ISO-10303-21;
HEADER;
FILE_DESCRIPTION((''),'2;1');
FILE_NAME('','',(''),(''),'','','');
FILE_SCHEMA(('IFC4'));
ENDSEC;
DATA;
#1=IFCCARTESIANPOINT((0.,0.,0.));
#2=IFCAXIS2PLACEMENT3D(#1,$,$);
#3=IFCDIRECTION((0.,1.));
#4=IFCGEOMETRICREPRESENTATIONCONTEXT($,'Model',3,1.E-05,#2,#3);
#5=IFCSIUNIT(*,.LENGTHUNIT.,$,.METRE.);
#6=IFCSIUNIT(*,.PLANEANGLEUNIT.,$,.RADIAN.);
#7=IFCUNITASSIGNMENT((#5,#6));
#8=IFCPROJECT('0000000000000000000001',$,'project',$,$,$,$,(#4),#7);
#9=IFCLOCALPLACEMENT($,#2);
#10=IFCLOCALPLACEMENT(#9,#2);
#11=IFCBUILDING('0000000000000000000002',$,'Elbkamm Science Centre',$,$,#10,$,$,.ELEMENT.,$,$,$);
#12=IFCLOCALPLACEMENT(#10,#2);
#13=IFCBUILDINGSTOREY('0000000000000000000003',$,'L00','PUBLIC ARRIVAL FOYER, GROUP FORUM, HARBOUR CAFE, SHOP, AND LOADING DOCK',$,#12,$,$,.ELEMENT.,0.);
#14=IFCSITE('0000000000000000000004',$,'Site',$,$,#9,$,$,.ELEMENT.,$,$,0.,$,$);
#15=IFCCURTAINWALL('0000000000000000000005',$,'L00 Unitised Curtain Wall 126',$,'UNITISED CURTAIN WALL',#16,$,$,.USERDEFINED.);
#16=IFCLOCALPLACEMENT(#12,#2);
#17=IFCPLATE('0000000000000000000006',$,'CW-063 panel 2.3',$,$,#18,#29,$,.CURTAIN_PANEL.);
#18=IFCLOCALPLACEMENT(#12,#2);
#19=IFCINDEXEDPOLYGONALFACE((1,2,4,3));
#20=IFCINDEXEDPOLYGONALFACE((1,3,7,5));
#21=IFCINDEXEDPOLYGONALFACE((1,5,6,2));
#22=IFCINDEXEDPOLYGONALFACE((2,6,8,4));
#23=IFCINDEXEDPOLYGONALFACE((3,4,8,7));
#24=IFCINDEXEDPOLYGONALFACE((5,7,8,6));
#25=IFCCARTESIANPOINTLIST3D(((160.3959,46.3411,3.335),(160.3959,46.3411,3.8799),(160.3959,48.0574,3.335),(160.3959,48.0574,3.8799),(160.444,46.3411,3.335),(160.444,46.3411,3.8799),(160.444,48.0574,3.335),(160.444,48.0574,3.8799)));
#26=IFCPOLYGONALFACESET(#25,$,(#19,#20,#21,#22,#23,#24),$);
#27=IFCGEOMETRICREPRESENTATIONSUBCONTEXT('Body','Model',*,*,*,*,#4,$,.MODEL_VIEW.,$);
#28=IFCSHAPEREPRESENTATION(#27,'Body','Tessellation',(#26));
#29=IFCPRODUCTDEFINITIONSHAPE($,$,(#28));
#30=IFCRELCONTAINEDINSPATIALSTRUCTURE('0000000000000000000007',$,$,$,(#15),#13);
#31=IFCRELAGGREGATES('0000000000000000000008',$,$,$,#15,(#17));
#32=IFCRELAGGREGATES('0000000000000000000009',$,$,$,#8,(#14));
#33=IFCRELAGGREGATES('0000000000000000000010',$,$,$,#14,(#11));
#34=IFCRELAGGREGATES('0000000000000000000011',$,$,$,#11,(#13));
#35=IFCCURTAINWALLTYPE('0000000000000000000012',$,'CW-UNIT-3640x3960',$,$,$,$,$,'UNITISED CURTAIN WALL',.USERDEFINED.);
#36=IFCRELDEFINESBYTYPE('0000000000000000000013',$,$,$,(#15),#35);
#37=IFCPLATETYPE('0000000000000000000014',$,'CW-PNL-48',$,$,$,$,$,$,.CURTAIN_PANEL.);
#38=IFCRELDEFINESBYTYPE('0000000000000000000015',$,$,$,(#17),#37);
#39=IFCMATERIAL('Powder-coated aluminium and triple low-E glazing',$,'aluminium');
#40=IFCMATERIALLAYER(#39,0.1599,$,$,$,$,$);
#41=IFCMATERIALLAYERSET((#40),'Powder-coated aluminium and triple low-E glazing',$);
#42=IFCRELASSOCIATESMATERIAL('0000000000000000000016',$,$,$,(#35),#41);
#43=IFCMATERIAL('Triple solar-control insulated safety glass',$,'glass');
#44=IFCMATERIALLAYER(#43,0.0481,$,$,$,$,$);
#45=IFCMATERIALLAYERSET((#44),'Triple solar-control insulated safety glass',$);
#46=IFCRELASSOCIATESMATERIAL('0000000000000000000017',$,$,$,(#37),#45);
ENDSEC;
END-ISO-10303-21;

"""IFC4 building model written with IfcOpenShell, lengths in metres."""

from ifc_helpers import new_model, si_unit, direction, frame, origin, origin_2d, place, context, subcontext, project, spatial, rectangle, extrude, material, layer, layer_set, type_object, element, aggregate, save


model = new_model("IFC4")

# Units and contexts
model_context = context("Model", 3, precision=1e-05, world=origin(), true_north=direction((0.0, 1.0)))
body_context = subcontext(model_context, "Body", "Model", "MODEL_VIEW")
ifc_project = project(units=[si_unit("LENGTHUNIT", "METRE"), si_unit("PLANEANGLEUNIT", "RADIAN")], contexts=[model_context])

# Site, building, storey
site_placement = place(None, origin())
site = spatial("IfcSite", under=ifc_project, at=site_placement, Name="Site", CompositionType="ELEMENT", RefElevation=0.0)
building_placement = place(site_placement, origin())
building = spatial("IfcBuilding", under=site, at=building_placement, Name="Elbkamm Science Centre", CompositionType="ELEMENT")
storey_placement = place(building_placement, origin())
storey = spatial("IfcBuildingStorey", under=building, at=storey_placement, Name="L00", Description="PUBLIC ARRIVAL FOYER, GROUP FORUM, HARBOUR CAFE, SHOP, AND LOADING DOCK", CompositionType="ELEMENT", Elevation=0.0)

# Shared definitions
ifc_material_1 = material(Name="Powder-coated aluminium and triple low-E glazing", Category="aluminium")

# Curtain wall
ifc_layer_1 = layer(ifc_material_1, 0.1599)
ifc_layer_set_1 = layer_set([ifc_layer_1], Name="Powder-coated aluminium and triple low-E glazing")
curtain_wall_type_1 = type_object("IfcCurtainWallType", Name="CW-UNIT-3640x3960", ElementType="UNITISED CURTAIN WALL", PredefinedType="USERDEFINED", material=ifc_layer_set_1)
curtain_wall_1_placement = place(storey_placement, origin())
curtain_wall_1 = element("IfcCurtainWall", 1, at=curtain_wall_1_placement, inside=storey, type_object=curtain_wall_type_1, Name="L00 Unitised Curtain Wall 126", ObjectType="UNITISED CURTAIN WALL", PredefinedType="USERDEFINED")

# Plate
ifc_material_2 = material(Name="Triple solar-control insulated safety glass", Category="glass")
ifc_layer_2 = layer(ifc_material_2, 0.0481)
ifc_layer_set_2 = layer_set([ifc_layer_2], Name="Triple solar-control insulated safety glass")
plate_type = type_object("IfcPlateType", Name="CW-PNL-48", PredefinedType="CURTAIN_PANEL", material=ifc_layer_set_2)
plate_1_placement = place(storey_placement, frame((160.4199, 47.1992, 3.335), z_axis=(0.0, 0.0, 1.0), x_axis=(0.0, -1.0, 0.0)))
plate_1 = element("IfcPlate", 2, at=plate_1_placement, type_object=plate_type, Name="CW-063 panel 2.3", PredefinedType="CURTAIN_PANEL", context=body_context, shape_type="SweptSolid", body=[
    extrude(rectangle(XDim=1.7163, YDim=0.0481, at=origin_2d()), origin(), (0.0, 0.0, 1.0), 0.5449),
])
aggregate(curtain_wall_1, [plate_1])

save(model, "model.ifc")
